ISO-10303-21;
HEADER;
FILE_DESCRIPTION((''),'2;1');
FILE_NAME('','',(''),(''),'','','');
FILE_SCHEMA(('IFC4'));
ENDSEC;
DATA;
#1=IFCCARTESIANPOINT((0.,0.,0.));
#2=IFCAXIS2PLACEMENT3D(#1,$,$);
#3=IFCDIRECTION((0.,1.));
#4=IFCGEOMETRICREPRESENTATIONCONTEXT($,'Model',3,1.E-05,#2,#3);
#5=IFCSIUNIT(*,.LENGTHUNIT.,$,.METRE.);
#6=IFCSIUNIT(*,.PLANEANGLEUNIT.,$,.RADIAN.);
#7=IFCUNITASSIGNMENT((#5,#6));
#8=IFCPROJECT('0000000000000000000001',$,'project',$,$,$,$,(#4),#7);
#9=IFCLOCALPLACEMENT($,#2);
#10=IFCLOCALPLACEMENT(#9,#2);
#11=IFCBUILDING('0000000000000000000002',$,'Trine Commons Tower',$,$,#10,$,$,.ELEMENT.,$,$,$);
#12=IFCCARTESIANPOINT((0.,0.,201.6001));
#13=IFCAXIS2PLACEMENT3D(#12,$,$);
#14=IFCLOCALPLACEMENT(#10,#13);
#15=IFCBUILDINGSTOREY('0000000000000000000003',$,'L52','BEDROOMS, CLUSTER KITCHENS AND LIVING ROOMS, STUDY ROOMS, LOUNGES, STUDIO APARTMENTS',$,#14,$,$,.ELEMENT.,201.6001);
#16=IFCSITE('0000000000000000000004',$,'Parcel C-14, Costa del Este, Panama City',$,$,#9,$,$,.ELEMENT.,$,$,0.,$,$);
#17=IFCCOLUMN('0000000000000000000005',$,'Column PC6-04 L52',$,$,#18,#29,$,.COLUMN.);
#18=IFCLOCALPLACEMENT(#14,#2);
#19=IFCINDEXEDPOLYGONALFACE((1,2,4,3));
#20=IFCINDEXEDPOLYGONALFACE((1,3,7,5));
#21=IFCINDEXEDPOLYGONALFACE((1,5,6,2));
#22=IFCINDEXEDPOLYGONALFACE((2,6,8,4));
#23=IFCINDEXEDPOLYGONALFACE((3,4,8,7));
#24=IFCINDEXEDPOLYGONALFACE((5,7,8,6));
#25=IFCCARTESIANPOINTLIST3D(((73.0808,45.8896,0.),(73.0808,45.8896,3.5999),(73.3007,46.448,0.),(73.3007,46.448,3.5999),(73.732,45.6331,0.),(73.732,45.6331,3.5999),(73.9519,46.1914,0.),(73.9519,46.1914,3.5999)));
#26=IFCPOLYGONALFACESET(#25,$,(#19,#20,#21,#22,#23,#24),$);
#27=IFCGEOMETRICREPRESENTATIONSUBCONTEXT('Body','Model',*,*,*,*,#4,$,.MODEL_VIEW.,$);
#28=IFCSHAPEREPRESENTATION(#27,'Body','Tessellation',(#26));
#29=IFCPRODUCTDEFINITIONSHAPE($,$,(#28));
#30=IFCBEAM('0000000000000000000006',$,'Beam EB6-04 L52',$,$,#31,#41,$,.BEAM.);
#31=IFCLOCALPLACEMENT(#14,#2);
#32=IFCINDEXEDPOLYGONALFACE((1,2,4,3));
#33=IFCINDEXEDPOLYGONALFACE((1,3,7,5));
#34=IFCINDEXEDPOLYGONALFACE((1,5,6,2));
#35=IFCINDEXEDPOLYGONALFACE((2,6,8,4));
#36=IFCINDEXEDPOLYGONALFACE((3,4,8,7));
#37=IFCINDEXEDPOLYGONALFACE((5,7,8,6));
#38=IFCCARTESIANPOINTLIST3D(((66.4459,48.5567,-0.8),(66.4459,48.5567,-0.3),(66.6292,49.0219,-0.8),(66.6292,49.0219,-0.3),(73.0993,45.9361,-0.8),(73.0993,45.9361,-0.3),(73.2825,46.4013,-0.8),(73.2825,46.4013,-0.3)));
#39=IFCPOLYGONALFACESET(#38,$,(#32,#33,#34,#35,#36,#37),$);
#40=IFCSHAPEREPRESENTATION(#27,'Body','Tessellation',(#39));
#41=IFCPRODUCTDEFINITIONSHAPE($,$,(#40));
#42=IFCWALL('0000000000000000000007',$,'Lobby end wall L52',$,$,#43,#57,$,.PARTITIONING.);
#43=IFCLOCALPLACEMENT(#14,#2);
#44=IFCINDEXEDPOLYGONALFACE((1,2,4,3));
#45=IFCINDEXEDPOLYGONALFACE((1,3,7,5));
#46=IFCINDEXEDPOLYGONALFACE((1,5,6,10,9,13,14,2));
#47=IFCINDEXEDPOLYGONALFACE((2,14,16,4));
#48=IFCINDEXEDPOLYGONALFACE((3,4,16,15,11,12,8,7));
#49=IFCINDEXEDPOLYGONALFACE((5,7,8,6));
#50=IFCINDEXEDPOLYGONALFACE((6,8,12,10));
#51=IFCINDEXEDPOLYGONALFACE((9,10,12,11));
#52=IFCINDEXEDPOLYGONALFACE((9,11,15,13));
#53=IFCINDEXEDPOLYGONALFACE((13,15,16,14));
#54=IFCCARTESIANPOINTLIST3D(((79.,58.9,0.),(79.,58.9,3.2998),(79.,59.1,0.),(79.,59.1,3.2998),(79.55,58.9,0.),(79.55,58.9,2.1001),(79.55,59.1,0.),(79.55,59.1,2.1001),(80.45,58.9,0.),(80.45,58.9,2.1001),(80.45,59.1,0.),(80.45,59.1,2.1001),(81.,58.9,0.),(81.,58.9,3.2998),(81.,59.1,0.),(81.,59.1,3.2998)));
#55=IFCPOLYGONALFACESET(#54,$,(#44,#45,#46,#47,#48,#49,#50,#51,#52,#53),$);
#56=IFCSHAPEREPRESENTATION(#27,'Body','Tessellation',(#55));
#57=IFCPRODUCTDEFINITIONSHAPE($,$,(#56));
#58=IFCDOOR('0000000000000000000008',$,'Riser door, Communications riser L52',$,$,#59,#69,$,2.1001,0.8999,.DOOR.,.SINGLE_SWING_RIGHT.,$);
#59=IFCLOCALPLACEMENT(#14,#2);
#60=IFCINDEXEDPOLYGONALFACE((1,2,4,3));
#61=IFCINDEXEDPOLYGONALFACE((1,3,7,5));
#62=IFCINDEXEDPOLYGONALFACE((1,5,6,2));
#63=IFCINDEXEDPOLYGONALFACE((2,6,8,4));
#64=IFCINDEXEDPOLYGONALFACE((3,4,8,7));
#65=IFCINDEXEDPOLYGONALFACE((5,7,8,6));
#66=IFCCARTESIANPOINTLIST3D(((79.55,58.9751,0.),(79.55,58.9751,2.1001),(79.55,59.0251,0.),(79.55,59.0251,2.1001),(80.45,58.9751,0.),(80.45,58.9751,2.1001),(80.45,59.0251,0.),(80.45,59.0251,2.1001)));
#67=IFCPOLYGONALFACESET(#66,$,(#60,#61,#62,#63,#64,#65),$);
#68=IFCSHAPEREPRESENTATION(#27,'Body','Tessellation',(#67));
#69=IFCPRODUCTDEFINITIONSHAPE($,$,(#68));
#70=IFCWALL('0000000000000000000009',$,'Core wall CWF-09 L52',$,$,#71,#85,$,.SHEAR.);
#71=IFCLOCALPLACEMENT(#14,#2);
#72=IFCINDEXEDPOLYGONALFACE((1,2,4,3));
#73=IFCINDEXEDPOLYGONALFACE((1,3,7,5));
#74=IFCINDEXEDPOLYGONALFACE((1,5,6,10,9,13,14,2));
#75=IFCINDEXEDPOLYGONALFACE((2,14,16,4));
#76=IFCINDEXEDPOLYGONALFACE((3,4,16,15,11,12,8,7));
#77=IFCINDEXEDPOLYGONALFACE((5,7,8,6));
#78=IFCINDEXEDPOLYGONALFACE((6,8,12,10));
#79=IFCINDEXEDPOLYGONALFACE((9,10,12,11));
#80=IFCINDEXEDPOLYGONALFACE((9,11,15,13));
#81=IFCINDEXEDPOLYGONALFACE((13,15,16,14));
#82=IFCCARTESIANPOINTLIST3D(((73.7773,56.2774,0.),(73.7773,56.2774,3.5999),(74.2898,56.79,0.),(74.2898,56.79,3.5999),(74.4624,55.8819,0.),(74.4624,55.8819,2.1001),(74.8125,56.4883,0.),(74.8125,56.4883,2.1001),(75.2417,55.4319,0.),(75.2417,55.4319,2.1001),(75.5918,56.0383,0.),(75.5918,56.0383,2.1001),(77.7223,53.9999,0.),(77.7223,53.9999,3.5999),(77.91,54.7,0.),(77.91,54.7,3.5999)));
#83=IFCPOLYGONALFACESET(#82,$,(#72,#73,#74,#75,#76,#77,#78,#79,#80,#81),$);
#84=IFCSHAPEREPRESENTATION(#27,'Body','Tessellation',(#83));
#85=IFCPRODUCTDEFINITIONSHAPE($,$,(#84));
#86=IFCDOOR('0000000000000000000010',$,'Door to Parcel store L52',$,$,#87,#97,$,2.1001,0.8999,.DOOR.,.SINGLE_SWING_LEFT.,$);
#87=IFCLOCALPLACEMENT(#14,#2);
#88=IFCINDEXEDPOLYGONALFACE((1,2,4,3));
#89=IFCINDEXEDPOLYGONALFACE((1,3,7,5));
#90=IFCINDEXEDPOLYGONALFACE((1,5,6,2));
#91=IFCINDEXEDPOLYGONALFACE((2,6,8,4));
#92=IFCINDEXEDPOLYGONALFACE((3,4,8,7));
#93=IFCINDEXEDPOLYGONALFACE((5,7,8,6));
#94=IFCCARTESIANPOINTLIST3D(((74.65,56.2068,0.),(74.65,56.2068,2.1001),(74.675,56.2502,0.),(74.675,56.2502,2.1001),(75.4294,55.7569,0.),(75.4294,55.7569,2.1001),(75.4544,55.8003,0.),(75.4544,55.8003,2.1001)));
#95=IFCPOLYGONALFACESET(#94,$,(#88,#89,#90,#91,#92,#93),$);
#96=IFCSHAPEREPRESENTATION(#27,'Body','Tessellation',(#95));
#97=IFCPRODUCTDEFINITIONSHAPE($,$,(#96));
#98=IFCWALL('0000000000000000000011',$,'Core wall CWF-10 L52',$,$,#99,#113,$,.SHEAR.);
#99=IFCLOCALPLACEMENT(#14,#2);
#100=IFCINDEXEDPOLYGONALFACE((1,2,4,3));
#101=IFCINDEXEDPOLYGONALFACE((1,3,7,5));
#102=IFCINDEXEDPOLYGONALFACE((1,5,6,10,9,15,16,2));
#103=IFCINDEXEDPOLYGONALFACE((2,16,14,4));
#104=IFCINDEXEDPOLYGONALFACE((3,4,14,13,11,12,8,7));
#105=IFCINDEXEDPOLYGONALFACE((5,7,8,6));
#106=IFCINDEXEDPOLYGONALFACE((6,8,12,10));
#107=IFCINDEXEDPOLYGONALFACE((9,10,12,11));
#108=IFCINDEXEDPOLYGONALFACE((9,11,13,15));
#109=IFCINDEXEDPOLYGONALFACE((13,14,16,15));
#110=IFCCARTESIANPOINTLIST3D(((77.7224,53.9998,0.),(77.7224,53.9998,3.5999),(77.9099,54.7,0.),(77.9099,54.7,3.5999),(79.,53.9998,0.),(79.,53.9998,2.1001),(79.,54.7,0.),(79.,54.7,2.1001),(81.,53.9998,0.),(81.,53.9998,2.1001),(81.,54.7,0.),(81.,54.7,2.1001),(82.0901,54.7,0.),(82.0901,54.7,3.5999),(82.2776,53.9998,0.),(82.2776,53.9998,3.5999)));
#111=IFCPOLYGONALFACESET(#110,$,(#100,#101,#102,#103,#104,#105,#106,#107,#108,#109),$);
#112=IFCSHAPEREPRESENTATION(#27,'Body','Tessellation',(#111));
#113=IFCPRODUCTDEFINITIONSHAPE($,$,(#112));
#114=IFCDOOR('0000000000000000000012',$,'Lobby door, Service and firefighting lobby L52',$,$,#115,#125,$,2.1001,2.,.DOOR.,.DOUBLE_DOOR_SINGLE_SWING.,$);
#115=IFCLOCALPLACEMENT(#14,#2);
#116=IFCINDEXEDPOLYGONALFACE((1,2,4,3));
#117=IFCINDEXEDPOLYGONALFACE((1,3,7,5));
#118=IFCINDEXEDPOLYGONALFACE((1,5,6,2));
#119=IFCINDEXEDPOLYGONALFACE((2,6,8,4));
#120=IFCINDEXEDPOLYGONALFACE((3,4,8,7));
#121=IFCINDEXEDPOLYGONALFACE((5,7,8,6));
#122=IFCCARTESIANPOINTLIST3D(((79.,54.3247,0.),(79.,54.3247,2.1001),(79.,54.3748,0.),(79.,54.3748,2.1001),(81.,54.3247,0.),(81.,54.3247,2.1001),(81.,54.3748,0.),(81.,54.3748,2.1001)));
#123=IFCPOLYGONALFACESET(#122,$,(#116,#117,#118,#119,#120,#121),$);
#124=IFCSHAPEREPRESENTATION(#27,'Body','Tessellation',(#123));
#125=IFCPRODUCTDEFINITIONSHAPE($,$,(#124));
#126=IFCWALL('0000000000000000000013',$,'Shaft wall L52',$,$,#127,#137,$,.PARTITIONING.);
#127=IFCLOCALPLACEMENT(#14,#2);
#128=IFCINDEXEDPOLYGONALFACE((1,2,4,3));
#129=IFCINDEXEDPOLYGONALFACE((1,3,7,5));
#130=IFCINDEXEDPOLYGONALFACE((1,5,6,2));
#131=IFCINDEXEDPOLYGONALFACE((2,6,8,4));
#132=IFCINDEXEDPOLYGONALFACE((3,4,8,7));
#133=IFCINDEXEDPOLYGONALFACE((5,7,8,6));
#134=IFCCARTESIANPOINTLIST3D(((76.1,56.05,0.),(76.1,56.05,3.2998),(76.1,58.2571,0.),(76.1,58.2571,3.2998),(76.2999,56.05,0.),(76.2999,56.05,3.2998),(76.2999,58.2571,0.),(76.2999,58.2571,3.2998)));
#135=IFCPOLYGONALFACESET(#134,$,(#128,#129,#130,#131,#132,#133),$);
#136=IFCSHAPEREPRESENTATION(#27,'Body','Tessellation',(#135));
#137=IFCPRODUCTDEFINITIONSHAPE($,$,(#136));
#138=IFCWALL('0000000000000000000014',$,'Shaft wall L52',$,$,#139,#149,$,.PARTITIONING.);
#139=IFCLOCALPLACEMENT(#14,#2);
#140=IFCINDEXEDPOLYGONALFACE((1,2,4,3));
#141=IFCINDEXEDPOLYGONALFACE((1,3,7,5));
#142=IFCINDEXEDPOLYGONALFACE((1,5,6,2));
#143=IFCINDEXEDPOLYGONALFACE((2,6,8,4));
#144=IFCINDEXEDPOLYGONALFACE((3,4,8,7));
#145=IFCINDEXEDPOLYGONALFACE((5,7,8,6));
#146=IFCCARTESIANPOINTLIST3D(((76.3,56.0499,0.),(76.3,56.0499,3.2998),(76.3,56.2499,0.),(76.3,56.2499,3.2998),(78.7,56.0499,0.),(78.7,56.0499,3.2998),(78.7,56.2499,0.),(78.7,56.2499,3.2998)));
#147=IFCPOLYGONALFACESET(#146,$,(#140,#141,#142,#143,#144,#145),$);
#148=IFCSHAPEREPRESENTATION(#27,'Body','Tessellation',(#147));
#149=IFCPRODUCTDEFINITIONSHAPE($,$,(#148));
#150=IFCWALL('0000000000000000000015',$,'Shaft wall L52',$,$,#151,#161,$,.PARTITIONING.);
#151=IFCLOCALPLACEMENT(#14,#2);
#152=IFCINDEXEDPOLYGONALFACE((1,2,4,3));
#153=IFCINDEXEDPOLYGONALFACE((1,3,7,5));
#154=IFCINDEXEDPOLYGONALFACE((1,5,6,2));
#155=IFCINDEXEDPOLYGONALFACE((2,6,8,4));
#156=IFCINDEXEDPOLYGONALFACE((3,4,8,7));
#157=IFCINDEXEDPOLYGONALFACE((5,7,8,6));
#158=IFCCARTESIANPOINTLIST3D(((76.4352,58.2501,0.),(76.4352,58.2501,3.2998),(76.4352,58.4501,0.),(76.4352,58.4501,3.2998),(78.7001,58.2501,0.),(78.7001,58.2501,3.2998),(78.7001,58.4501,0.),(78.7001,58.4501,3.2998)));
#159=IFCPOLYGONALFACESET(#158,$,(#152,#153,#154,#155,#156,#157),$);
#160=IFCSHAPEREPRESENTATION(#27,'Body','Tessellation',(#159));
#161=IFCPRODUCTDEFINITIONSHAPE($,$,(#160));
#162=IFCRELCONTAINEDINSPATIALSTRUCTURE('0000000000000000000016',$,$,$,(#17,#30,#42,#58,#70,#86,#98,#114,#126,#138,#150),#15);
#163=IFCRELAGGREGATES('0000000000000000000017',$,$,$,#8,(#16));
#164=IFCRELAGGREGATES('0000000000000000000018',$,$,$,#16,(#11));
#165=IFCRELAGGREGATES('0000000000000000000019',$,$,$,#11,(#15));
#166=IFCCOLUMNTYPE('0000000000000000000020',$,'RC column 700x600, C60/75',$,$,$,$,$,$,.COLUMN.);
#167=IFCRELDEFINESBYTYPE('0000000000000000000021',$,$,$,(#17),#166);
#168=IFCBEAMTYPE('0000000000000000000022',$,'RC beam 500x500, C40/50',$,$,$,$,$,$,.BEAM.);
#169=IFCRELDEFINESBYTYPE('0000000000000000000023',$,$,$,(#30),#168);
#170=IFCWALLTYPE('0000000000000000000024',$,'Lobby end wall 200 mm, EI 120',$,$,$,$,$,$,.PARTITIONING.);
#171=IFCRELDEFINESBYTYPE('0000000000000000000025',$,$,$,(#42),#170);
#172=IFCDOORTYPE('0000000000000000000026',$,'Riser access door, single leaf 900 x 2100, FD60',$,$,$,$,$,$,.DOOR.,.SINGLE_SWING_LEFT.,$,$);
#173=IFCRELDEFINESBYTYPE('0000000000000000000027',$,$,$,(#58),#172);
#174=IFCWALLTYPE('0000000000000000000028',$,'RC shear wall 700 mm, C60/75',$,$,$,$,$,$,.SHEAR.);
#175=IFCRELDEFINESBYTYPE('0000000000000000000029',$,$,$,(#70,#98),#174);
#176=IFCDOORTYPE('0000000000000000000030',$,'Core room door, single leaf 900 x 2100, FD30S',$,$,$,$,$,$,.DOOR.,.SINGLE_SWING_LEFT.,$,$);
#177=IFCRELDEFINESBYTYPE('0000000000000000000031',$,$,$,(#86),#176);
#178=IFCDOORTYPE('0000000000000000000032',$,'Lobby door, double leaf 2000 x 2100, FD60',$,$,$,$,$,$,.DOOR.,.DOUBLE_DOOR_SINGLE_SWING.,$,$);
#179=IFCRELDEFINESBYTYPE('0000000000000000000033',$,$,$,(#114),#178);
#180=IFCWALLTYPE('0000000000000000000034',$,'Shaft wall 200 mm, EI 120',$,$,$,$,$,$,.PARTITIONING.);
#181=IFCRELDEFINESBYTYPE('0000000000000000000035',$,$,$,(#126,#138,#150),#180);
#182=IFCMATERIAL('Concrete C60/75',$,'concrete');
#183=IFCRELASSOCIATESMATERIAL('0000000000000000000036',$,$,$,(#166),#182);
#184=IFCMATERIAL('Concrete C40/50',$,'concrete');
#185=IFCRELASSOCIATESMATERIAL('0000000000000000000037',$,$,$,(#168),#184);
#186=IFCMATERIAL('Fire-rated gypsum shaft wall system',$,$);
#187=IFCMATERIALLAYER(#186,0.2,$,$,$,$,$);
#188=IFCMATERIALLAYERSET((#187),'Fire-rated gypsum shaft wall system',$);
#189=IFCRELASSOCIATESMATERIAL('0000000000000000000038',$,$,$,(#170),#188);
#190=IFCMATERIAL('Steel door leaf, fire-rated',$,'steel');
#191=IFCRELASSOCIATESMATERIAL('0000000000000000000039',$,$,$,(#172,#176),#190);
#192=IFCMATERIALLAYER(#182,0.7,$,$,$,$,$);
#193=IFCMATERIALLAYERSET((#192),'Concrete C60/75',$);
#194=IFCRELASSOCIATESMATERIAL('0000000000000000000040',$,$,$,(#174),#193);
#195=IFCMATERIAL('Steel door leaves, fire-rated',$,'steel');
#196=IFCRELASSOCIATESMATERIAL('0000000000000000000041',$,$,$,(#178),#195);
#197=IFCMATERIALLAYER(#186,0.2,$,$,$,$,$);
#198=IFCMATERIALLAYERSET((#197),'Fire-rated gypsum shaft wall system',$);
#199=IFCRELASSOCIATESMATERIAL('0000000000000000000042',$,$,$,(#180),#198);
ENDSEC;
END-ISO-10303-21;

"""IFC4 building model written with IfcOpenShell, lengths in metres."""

from ifc_helpers import new_model, si_unit, direction, frame, frame_2d, origin, origin_2d, place, context, subcontext, project, spatial, polyline, rectangle, outline, extrude, material, layer, layer_set, material_profile, profile_set, type_object, element, fill, save


model = new_model("IFC4")

# Units and contexts
model_context = context("Model", 3, precision=1e-05, world=origin(), true_north=direction((0.0, 1.0)))
body_context = subcontext(model_context, "Body", "Model", "MODEL_VIEW")
ifc_project = project(units=[si_unit("LENGTHUNIT", "METRE"), si_unit("PLANEANGLEUNIT", "RADIAN")], contexts=[model_context])

# Site, building, storey
site_placement = place(None, origin())
site = spatial("IfcSite", under=ifc_project, at=site_placement, Name="Parcel C-14, Costa del Este, Panama City", CompositionType="ELEMENT", RefElevation=0.0)
building_placement = place(site_placement, origin())
building = spatial("IfcBuilding", under=site, at=building_placement, Name="Trine Commons Tower", CompositionType="ELEMENT")
storey_placement = place(building_placement, frame((0.0, 0.0, 201.6001)))
storey = spatial("IfcBuildingStorey", under=building, at=storey_placement, Name="L52", Description="BEDROOMS, CLUSTER KITCHENS AND LIVING ROOMS, STUDY ROOMS, LOUNGES, STUDIO APARTMENTS", CompositionType="ELEMENT", Elevation=201.6001)

# Column
ifc_material_1 = material(Name="Concrete C60/75", Category="concrete")
ifc_material_profile_1 = material_profile(ifc_material_1, rectangle(XDim=0.7, YDim=0.6001, at=origin_2d()), Name="RC 700x600")
ifc_profile_set_1 = profile_set([ifc_material_profile_1], Name="Concrete C60/75")
column_type = type_object("IfcColumnType", Name="RC column 700x600, C60/75", PredefinedType="COLUMN", material=ifc_profile_set_1)
column_placement = place(storey_placement, frame((73.5164, 46.0405, 0.0), z_axis=(0.0, 0.0, 1.0), x_axis=(-0.930418, 0.366501, 0.0)))
element("IfcColumn", 1, at=column_placement, inside=storey, type_object=column_type, Name="Column PC6-04 L52", PredefinedType="COLUMN", context=body_context, shape_type="SweptSolid", body=[
    extrude(rectangle(XDim=0.7, YDim=0.6001, at=origin_2d()), origin(), (0.0, 0.0, 1.0), 3.5999),
])

# Beam
ifc_material_2 = material(Name="Concrete C40/50", Category="concrete")
ifc_material_profile_2 = material_profile(ifc_material_2, rectangle(XDim=0.5, YDim=0.5, at=origin_2d()), Name="RC 500x500")
ifc_profile_set_2 = profile_set([ifc_material_profile_2], Name="Concrete C40/50")
beam_type = type_object("IfcBeamType", Name="RC beam 500x500, C40/50", PredefinedType="BEAM", material=ifc_profile_set_2)
beam_placement = place(storey_placement, frame((73.1909, 46.1687, -0.55), z_axis=(-0.930427, 0.366476, 0.0), x_axis=(-0.366476, -0.930427, 0.0)))
element("IfcBeam", 2, at=beam_placement, inside=storey, type_object=beam_type, Name="Beam EB6-04 L52", PredefinedType="BEAM", context=body_context, shape_type="SweptSolid", body=[
    extrude(rectangle(XDim=0.5, YDim=0.5, at=origin_2d()), origin(), (0.0, 0.0, 1.0), 7.1509),
])

# Walls, openings, doors
ifc_material_3 = material(Name="Fire-rated gypsum shaft wall system")
ifc_layer_1 = layer(ifc_material_3, 0.2)
ifc_layer_set_1 = layer_set([ifc_layer_1], Name="Fire-rated gypsum shaft wall system")
wall_type_1 = type_object("IfcWallType", Name="Lobby end wall 200 mm, EI 120", PredefinedType="PARTITIONING", material=ifc_layer_set_1)
wall_1_placement = place(storey_placement, frame((79.0, 59.0, 0.0), z_axis=(0.0, 0.0, 1.0), x_axis=(1.0, 0.0, 0.0)))
wall_1 = element("IfcWall", 3, at=wall_1_placement, inside=storey, type_object=wall_type_1, Name="Lobby end wall L52", PredefinedType="PARTITIONING", context=body_context, shape_type="SweptSolid", body=[
    extrude(rectangle(XDim=2.0, YDim=0.2, at=frame_2d((1.0, 0.0))), origin(), (0.0, 0.0, 1.0), 3.2998),
])
opening_1_placement = place(wall_1_placement, frame((0.55, 0.0, 0.0)))
opening_1 = element("IfcOpeningElement", 4, at=opening_1_placement, cuts=wall_1, PredefinedType="OPENING", context=body_context, shape_type="SweptSolid", body=[
    extrude(rectangle(XDim=0.8999, YDim=2.1001, at=frame_2d((0.45, 1.05))), frame((0.0, 0.1099, 0.0), z_axis=(0.0, -1.0, 0.0), x_axis=(1.0, 0.0, 0.0)), (0.0, 0.0, 1.0), 0.22),
])
ifc_material_4 = material(Name="Steel door leaf, fire-rated", Category="steel")
door_type_1 = type_object("IfcDoorType", Name="Riser access door, single leaf 900 x 2100, FD60", OperationType="SINGLE_SWING_LEFT", PredefinedType="DOOR", material=ifc_material_4)
door_1_placement = place(opening_1_placement, frame((0.8999, 0.0, 0.0), z_axis=(0.0, 0.0, 1.0), x_axis=(-1.0, 0.0, 0.0)))
door_1 = element("IfcDoor", 5, at=door_1_placement, inside=storey, type_object=door_type_1, Name="Riser door, Communications riser L52", OperationType="SINGLE_SWING_RIGHT", OverallHeight=2.1001, OverallWidth=0.8999, PredefinedType="DOOR", context=body_context, shape_type="SweptSolid", body=[
    extrude(rectangle(XDim=0.8999, YDim=2.1001, at=frame_2d((0.45, 1.05))), frame((0.0, 0.0249, 0.0), z_axis=(0.0, -1.0, 0.0), x_axis=(1.0, 0.0, 0.0)), (0.0, 0.0, 1.0), 0.05),
])
fill(opening_1, door_1)
ifc_layer_2 = layer(ifc_material_1, 0.7)
ifc_layer_set_2 = layer_set([ifc_layer_2], Name="Concrete C60/75")
wall_type_2 = type_object("IfcWallType", Name="RC shear wall 700 mm, C60/75", PredefinedType="SHEAR", material=ifc_layer_set_2)
wall_2_placement = place(storey_placement, frame((73.9524, 56.5806, 0.0), z_axis=(0.0, 0.0, 1.0), x_axis=(0.866035, -0.499984, 0.0)))
wall_2 = element("IfcWall", 6, at=wall_2_placement, inside=storey, type_object=wall_type_2, Name="Core wall CWF-09 L52", PredefinedType="SHEAR", context=body_context, shape_type="SweptSolid", body=[
    extrude(outline(polyline([(0.0, -0.3501), (4.5552, -0.3501), (4.3677, 0.3501), (0.1875, 0.3501), (0.0, -0.3501)])), origin(), (0.0, 0.0, 1.0), 3.5999),
])
opening_2_placement = place(wall_2_placement, frame((0.791, 0.0, 0.0)))
opening_2 = element("IfcOpeningElement", 7, at=opening_2_placement, cuts=wall_2, PredefinedType="OPENING", context=body_context, shape_type="SweptSolid", body=[
    extrude(rectangle(XDim=0.8999, YDim=2.1001, at=frame_2d((0.45, 1.05))), frame((0.0, 0.3599, 0.0), z_axis=(0.0, -1.0, 0.0), x_axis=(1.0, 0.0, 0.0)), (0.0, 0.0, 1.0), 0.72),
])
door_type_2 = type_object("IfcDoorType", Name="Core room door, single leaf 900 x 2100, FD30S", OperationType="SINGLE_SWING_LEFT", PredefinedType="DOOR", material=ifc_material_4)
door_2_placement = place(opening_2_placement, origin())
door_2 = element("IfcDoor", 8, at=door_2_placement, inside=storey, type_object=door_type_2, Name="Door to Parcel store L52", OperationType="SINGLE_SWING_LEFT", OverallHeight=2.1001, OverallWidth=0.8999, PredefinedType="DOOR", context=body_context, shape_type="SweptSolid", body=[
    extrude(rectangle(XDim=0.8999, YDim=2.1001, at=frame_2d((0.45, 1.05))), frame((0.0, 0.0752, 0.0), z_axis=(0.0, -1.0, 0.0), x_axis=(1.0, 0.0, 0.0)), (0.0, 0.0, 1.0), 0.05),
])
fill(opening_2, door_2)
wall_3_placement = place(storey_placement, frame((77.7224, 54.3499, 0.0), z_axis=(0.0, 0.0, 1.0), x_axis=(1.0, 0.0, 0.0)))
wall_3 = element("IfcWall", 9, at=wall_3_placement, inside=storey, type_object=wall_type_2, Name="Core wall CWF-10 L52", PredefinedType="SHEAR", context=body_context, shape_type="SweptSolid", body=[
    extrude(outline(polyline([(0.0, -0.3501), (4.5552, -0.3501), (4.3677, 0.3501), (0.1875, 0.3501), (0.0, -0.3501)])), origin(), (0.0, 0.0, 1.0), 3.5999),
])
opening_3_placement = place(wall_3_placement, frame((1.2776, 0.0, 0.0)))
opening_3 = element("IfcOpeningElement", 10, at=opening_3_placement, cuts=wall_3, PredefinedType="OPENING", context=body_context, shape_type="SweptSolid", body=[
    extrude(rectangle(XDim=2.0, YDim=2.1001, at=frame_2d((1.0, 1.05))), frame((0.0, 0.3599, 0.0), z_axis=(0.0, -1.0, 0.0), x_axis=(1.0, 0.0, 0.0)), (0.0, 0.0, 1.0), 0.72),
])
ifc_material_5 = material(Name="Steel door leaves, fire-rated", Category="steel")
door_type_3 = type_object("IfcDoorType", Name="Lobby door, double leaf 2000 x 2100, FD60", OperationType="DOUBLE_DOOR_SINGLE_SWING", PredefinedType="DOOR", material=ifc_material_5)
door_3_placement = place(opening_3_placement, origin())
door_3 = element("IfcDoor", 11, at=door_3_placement, inside=storey, type_object=door_type_3, Name="Lobby door, Service and firefighting lobby L52", OperationType="DOUBLE_DOOR_SINGLE_SWING", OverallHeight=2.1001, OverallWidth=2.0, PredefinedType="DOOR", context=body_context, shape_type="SweptSolid", body=[
    extrude(rectangle(XDim=2.0, YDim=2.1001, at=frame_2d((1.0, 1.05))), frame((0.0, 0.0249, 0.0), z_axis=(0.0, -1.0, 0.0), x_axis=(1.0, 0.0, 0.0)), (0.0, 0.0, 1.0), 0.05),
])
fill(opening_3, door_3)

# Walls
ifc_layer_3 = layer(ifc_material_3, 0.2)
ifc_layer_set_3 = layer_set([ifc_layer_3], Name="Fire-rated gypsum shaft wall system")
wall_type_3 = type_object("IfcWallType", Name="Shaft wall 200 mm, EI 120", PredefinedType="PARTITIONING", material=ifc_layer_set_3)
wall_4_placement = place(storey_placement, frame((76.2, 58.2571, 0.0), z_axis=(0.0, 0.0, 1.0), x_axis=(0.0, -1.0, 0.0)))
element("IfcWall", 12, at=wall_4_placement, inside=storey, type_object=wall_type_3, Name="Shaft wall L52", PredefinedType="PARTITIONING", context=body_context, shape_type="SweptSolid", body=[
    extrude(rectangle(XDim=2.207, YDim=0.2, at=frame_2d((1.1035, 0.0))), origin(), (0.0, 0.0, 1.0), 3.2998),
])
wall_5_placement = place(storey_placement, frame((78.7, 56.1499, 0.0), z_axis=(0.0, 0.0, 1.0), x_axis=(-1.0, 0.0, 0.0)))
element("IfcWall", 13, at=wall_5_placement, inside=storey, type_object=wall_type_3, Name="Shaft wall L52", PredefinedType="PARTITIONING", context=body_context, shape_type="SweptSolid", body=[
    extrude(rectangle(XDim=2.3999, YDim=0.2, at=frame_2d((1.2, 0.0))), origin(), (0.0, 0.0, 1.0), 3.2998),
])
wall_6_placement = place(storey_placement, frame((78.7, 58.3501, 0.0), z_axis=(0.0, 0.0, 1.0), x_axis=(-1.0, 0.0, 0.0)))
element("IfcWall", 14, at=wall_6_placement, inside=storey, type_object=wall_type_3, Name="Shaft wall L52", PredefinedType="PARTITIONING", context=body_context, shape_type="SweptSolid", body=[
    extrude(rectangle(XDim=2.2649, YDim=0.2, at=frame_2d((1.1323, 0.0))), origin(), (0.0, 0.0, 1.0), 3.2998),
])

save(model, "model.ifc")
